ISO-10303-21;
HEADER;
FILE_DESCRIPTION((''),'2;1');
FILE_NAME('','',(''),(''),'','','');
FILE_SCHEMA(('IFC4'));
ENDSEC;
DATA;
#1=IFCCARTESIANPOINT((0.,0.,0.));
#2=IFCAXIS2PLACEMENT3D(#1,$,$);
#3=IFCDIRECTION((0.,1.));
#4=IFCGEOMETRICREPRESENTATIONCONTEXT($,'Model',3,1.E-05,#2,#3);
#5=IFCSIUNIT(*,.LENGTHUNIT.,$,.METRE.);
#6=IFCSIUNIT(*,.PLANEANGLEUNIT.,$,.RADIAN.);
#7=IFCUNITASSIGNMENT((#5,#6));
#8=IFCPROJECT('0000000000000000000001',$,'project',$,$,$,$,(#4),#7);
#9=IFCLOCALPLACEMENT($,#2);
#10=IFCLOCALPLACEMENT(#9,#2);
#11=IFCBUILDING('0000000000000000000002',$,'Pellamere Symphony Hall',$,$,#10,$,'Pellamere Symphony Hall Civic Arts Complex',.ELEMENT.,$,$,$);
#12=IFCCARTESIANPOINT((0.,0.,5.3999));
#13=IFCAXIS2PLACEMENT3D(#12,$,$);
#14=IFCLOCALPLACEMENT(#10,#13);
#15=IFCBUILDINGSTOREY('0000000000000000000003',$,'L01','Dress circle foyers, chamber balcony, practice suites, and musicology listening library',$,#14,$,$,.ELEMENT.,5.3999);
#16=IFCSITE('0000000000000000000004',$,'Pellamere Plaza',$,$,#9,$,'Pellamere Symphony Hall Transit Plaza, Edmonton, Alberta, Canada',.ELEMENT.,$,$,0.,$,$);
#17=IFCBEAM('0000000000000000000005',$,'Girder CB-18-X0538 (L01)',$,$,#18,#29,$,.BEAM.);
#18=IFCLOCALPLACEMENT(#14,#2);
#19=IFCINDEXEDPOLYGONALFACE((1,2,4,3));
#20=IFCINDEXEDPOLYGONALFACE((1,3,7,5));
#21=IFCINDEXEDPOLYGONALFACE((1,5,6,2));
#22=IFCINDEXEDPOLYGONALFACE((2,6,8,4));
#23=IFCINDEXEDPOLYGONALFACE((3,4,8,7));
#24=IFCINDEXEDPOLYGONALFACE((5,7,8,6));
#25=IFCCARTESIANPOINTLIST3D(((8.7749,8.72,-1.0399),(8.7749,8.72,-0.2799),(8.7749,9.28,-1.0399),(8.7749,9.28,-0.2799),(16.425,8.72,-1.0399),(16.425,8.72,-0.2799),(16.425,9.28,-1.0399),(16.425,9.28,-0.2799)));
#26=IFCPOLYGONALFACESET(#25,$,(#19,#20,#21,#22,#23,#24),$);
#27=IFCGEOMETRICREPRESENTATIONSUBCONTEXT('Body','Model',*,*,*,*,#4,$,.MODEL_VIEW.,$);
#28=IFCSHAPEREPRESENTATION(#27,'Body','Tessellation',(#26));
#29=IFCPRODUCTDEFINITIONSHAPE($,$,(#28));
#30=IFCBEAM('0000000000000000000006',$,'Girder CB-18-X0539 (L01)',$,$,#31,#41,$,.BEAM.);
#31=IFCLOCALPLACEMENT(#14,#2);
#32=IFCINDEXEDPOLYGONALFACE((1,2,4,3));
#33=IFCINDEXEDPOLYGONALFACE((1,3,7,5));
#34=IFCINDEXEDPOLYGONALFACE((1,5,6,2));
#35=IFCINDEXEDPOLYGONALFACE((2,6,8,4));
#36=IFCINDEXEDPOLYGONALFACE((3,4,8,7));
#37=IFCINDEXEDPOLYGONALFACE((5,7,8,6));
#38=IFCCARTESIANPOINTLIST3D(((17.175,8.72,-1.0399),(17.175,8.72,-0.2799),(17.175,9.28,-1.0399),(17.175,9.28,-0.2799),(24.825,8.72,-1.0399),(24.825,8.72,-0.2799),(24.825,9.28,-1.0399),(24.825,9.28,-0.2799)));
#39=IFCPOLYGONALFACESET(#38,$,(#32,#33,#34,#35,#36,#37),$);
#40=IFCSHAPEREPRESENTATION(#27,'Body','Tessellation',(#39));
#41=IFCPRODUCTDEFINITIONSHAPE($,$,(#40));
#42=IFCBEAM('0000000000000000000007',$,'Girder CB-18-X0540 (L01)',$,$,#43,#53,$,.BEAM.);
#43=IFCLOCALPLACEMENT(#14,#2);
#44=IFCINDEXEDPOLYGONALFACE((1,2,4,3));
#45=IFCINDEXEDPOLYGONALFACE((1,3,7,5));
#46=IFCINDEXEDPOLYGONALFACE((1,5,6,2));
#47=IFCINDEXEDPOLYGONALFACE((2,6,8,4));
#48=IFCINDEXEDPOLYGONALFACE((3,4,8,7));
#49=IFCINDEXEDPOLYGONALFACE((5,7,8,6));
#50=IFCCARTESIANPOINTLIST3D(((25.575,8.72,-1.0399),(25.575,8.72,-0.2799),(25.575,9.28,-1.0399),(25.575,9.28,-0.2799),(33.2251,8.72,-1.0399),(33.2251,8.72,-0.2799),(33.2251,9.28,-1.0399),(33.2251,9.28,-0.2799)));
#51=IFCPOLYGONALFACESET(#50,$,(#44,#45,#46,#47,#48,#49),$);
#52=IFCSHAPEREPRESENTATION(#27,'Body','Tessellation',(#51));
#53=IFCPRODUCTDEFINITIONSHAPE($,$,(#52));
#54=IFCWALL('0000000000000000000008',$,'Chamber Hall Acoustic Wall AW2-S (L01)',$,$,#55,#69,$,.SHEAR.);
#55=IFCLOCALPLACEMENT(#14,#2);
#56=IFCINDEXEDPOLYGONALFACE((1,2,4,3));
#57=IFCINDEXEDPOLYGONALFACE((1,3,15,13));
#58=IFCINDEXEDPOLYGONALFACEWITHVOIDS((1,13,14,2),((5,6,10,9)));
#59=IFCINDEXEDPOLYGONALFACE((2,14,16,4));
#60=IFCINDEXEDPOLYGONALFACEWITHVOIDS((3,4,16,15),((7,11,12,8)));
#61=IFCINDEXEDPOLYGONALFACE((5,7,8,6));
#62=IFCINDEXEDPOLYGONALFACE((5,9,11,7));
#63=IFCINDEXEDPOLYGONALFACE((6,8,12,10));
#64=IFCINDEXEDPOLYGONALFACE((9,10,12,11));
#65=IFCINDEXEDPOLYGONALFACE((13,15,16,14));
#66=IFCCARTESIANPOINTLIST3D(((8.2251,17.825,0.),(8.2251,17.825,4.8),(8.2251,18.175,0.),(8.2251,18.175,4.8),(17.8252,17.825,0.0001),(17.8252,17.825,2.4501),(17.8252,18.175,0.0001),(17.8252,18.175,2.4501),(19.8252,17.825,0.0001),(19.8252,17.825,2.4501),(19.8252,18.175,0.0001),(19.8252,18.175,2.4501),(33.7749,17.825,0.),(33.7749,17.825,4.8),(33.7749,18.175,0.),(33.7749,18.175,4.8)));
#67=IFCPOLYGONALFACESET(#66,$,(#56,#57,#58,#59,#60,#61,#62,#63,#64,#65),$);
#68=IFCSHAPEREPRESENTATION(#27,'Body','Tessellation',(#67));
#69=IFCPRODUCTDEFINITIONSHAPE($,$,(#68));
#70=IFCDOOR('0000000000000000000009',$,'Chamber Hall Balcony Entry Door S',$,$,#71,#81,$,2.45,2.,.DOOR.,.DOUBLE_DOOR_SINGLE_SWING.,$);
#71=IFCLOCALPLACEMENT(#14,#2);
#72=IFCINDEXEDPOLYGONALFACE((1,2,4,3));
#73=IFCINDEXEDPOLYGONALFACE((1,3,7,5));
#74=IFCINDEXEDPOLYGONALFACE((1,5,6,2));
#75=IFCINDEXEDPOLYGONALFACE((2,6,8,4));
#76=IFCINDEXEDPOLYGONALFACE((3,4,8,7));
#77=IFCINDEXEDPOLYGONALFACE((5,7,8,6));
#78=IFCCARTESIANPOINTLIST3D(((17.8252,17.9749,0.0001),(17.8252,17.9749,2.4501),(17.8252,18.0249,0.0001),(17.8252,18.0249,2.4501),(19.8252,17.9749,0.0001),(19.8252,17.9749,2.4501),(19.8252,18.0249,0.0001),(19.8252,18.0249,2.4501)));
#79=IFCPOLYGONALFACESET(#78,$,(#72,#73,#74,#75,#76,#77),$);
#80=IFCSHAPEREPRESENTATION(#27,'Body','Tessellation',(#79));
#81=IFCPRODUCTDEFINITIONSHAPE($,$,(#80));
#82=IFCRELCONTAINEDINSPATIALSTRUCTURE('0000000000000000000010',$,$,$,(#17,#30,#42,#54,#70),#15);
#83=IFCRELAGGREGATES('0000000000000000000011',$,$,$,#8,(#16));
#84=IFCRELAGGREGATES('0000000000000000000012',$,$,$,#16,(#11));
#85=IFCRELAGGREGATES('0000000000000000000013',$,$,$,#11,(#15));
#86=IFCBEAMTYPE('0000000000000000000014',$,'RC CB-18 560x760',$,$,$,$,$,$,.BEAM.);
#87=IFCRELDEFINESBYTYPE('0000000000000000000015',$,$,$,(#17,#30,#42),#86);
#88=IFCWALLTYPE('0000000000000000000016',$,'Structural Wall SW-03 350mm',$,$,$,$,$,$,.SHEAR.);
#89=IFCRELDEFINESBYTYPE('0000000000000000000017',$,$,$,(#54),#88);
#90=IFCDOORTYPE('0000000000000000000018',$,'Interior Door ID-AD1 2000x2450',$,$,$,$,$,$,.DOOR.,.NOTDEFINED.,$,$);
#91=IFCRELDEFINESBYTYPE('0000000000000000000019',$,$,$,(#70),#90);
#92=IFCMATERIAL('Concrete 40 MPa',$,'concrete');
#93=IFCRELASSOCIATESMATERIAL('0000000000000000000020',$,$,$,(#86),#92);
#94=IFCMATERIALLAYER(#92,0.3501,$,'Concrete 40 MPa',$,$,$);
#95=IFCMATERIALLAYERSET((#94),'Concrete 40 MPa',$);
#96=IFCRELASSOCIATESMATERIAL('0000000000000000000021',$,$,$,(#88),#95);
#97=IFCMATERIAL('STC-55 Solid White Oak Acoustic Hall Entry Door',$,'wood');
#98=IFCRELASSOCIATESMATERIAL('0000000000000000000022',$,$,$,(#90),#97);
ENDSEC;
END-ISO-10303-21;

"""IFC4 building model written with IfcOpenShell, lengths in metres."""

from ifc_helpers import new_model, si_unit, direction, frame, frame_2d, origin, origin_2d, place, context, subcontext, project, spatial, rectangle, extrude, material, layer, layer_set, material_profile, profile_set, type_object, element, fill, save


model = new_model("IFC4")

# Units and contexts
model_context = context("Model", 3, precision=1e-05, world=origin(), true_north=direction((0.0, 1.0)))
body_context = subcontext(model_context, "Body", "Model", "MODEL_VIEW")
ifc_project = project(units=[si_unit("LENGTHUNIT", "METRE"), si_unit("PLANEANGLEUNIT", "RADIAN")], contexts=[model_context])

# Site, building, storey
site_placement = place(None, origin())
site = spatial("IfcSite", under=ifc_project, at=site_placement, Name="Pellamere Plaza", LongName="Pellamere Symphony Hall Transit Plaza, Edmonton, Alberta, Canada", CompositionType="ELEMENT", RefElevation=0.0)
building_placement = place(site_placement, origin())
building = spatial("IfcBuilding", under=site, at=building_placement, Name="Pellamere Symphony Hall", LongName="Pellamere Symphony Hall Civic Arts Complex", CompositionType="ELEMENT")
storey_placement = place(building_placement, frame((0.0, 0.0, 5.3999)))
storey = spatial("IfcBuildingStorey", under=building, at=storey_placement, Name="L01", Description="Dress circle foyers, chamber balcony, practice suites, and musicology listening library", CompositionType="ELEMENT", Elevation=5.3999)

# Shared definitions
ifc_material_1 = material(Name="Concrete 40 MPa", Category="concrete")

# Beams
ifc_material_profile_1 = material_profile(ifc_material_1, rectangle(XDim=0.5601, YDim=0.76, at=origin_2d()), Name="RC 560x760")
ifc_profile_set_1 = profile_set([ifc_material_profile_1], Name="Concrete 40 MPa")
beam_type_1 = type_object("IfcBeamType", Name="RC CB-18 560x760", PredefinedType="BEAM", material=ifc_profile_set_1)
beam_1_placement = place(storey_placement, frame((8.7749, 9.0, -0.6599), z_axis=(1.0, 0.0, 0.0), x_axis=(0.0, 1.0, 0.0)))
element("IfcBeam", 1, at=beam_1_placement, inside=storey, type_object=beam_type_1, Name="Girder CB-18-X0538 (L01)", PredefinedType="BEAM", context=body_context, shape_type="SweptSolid", body=[
    extrude(rectangle(XDim=0.5601, YDim=0.76, at=origin_2d()), origin(), (0.0, 0.0, 1.0), 7.6501),
])
beam_2_placement = place(storey_placement, frame((17.175, 9.0, -0.6599), z_axis=(1.0, 0.0, 0.0), x_axis=(0.0, 1.0, 0.0)))
element("IfcBeam", 2, at=beam_2_placement, inside=storey, type_object=beam_type_1, Name="Girder CB-18-X0539 (L01)", PredefinedType="BEAM", context=body_context, shape_type="SweptSolid", body=[
    extrude(rectangle(XDim=0.5601, YDim=0.76, at=origin_2d()), origin(), (0.0, 0.0, 1.0), 7.6499),
])
beam_3_placement = place(storey_placement, frame((25.575, 9.0, -0.6599), z_axis=(1.0, 0.0, 0.0), x_axis=(0.0, 1.0, 0.0)))
element("IfcBeam", 3, at=beam_3_placement, inside=storey, type_object=beam_type_1, Name="Girder CB-18-X0540 (L01)", PredefinedType="BEAM", context=body_context, shape_type="SweptSolid", body=[
    extrude(rectangle(XDim=0.5601, YDim=0.76, at=origin_2d()), origin(), (0.0, 0.0, 1.0), 7.6501),
])

# Wall, opening, door
ifc_layer = layer(ifc_material_1, 0.3501, Name="Concrete 40 MPa")
ifc_layer_set = layer_set([ifc_layer], Name="Concrete 40 MPa")
wall_type = type_object("IfcWallType", Name="Structural Wall SW-03 350mm", PredefinedType="SHEAR", material=ifc_layer_set)
wall_placement = place(storey_placement, frame((8.2251, 18.0, 0.0), z_axis=(0.0, 0.0, 1.0), x_axis=(1.0, 0.0, 0.0)))
wall = element("IfcWall", 4, at=wall_placement, inside=storey, type_object=wall_type, Name="Chamber Hall Acoustic Wall AW2-S (L01)", PredefinedType="SHEAR", context=body_context, shape_type="SweptSolid", body=[
    extrude(rectangle(XDim=25.5498, YDim=0.3501, at=frame_2d((12.7749, 0.0))), origin(), (0.0, 0.0, 1.0), 4.8),
])
opening_placement = place(wall_placement, frame((9.6001, 0.0, 0.0)))
opening = element("IfcOpeningElement", 5, at=opening_placement, cuts=wall, PredefinedType="OPENING", context=body_context, shape_type="SweptSolid", body=[
    extrude(rectangle(XDim=2.0, YDim=2.45, at=frame_2d((1.0, 1.2251))), frame((0.0, 0.1851, 0.0), z_axis=(0.0, -1.0, 0.0), x_axis=(1.0, 0.0, 0.0)), (0.0, 0.0, 1.0), 0.3701),
])
ifc_material_2 = material(Name="STC-55 Solid White Oak Acoustic Hall Entry Door", Category="wood")
door_type = type_object("IfcDoorType", Name="Interior Door ID-AD1 2000x2450", OperationType="NOTDEFINED", PredefinedType="DOOR", material=ifc_material_2)
door_placement = place(opening_placement, origin())
door = element("IfcDoor", 6, at=door_placement, inside=storey, type_object=door_type, Name="Chamber Hall Balcony Entry Door S", OperationType="DOUBLE_DOOR_SINGLE_SWING", OverallHeight=2.45, OverallWidth=2.0, PredefinedType="DOOR", context=body_context, shape_type="SweptSolid", body=[
    extrude(rectangle(XDim=2.0, YDim=2.45, at=frame_2d((1.0, 1.2251))), frame((0.0, 0.0249, 0.0), z_axis=(0.0, -1.0, 0.0), x_axis=(1.0, 0.0, 0.0)), (0.0, 0.0, 1.0), 0.05),
])
fill(opening, door)

save(model, "model.ifc")
